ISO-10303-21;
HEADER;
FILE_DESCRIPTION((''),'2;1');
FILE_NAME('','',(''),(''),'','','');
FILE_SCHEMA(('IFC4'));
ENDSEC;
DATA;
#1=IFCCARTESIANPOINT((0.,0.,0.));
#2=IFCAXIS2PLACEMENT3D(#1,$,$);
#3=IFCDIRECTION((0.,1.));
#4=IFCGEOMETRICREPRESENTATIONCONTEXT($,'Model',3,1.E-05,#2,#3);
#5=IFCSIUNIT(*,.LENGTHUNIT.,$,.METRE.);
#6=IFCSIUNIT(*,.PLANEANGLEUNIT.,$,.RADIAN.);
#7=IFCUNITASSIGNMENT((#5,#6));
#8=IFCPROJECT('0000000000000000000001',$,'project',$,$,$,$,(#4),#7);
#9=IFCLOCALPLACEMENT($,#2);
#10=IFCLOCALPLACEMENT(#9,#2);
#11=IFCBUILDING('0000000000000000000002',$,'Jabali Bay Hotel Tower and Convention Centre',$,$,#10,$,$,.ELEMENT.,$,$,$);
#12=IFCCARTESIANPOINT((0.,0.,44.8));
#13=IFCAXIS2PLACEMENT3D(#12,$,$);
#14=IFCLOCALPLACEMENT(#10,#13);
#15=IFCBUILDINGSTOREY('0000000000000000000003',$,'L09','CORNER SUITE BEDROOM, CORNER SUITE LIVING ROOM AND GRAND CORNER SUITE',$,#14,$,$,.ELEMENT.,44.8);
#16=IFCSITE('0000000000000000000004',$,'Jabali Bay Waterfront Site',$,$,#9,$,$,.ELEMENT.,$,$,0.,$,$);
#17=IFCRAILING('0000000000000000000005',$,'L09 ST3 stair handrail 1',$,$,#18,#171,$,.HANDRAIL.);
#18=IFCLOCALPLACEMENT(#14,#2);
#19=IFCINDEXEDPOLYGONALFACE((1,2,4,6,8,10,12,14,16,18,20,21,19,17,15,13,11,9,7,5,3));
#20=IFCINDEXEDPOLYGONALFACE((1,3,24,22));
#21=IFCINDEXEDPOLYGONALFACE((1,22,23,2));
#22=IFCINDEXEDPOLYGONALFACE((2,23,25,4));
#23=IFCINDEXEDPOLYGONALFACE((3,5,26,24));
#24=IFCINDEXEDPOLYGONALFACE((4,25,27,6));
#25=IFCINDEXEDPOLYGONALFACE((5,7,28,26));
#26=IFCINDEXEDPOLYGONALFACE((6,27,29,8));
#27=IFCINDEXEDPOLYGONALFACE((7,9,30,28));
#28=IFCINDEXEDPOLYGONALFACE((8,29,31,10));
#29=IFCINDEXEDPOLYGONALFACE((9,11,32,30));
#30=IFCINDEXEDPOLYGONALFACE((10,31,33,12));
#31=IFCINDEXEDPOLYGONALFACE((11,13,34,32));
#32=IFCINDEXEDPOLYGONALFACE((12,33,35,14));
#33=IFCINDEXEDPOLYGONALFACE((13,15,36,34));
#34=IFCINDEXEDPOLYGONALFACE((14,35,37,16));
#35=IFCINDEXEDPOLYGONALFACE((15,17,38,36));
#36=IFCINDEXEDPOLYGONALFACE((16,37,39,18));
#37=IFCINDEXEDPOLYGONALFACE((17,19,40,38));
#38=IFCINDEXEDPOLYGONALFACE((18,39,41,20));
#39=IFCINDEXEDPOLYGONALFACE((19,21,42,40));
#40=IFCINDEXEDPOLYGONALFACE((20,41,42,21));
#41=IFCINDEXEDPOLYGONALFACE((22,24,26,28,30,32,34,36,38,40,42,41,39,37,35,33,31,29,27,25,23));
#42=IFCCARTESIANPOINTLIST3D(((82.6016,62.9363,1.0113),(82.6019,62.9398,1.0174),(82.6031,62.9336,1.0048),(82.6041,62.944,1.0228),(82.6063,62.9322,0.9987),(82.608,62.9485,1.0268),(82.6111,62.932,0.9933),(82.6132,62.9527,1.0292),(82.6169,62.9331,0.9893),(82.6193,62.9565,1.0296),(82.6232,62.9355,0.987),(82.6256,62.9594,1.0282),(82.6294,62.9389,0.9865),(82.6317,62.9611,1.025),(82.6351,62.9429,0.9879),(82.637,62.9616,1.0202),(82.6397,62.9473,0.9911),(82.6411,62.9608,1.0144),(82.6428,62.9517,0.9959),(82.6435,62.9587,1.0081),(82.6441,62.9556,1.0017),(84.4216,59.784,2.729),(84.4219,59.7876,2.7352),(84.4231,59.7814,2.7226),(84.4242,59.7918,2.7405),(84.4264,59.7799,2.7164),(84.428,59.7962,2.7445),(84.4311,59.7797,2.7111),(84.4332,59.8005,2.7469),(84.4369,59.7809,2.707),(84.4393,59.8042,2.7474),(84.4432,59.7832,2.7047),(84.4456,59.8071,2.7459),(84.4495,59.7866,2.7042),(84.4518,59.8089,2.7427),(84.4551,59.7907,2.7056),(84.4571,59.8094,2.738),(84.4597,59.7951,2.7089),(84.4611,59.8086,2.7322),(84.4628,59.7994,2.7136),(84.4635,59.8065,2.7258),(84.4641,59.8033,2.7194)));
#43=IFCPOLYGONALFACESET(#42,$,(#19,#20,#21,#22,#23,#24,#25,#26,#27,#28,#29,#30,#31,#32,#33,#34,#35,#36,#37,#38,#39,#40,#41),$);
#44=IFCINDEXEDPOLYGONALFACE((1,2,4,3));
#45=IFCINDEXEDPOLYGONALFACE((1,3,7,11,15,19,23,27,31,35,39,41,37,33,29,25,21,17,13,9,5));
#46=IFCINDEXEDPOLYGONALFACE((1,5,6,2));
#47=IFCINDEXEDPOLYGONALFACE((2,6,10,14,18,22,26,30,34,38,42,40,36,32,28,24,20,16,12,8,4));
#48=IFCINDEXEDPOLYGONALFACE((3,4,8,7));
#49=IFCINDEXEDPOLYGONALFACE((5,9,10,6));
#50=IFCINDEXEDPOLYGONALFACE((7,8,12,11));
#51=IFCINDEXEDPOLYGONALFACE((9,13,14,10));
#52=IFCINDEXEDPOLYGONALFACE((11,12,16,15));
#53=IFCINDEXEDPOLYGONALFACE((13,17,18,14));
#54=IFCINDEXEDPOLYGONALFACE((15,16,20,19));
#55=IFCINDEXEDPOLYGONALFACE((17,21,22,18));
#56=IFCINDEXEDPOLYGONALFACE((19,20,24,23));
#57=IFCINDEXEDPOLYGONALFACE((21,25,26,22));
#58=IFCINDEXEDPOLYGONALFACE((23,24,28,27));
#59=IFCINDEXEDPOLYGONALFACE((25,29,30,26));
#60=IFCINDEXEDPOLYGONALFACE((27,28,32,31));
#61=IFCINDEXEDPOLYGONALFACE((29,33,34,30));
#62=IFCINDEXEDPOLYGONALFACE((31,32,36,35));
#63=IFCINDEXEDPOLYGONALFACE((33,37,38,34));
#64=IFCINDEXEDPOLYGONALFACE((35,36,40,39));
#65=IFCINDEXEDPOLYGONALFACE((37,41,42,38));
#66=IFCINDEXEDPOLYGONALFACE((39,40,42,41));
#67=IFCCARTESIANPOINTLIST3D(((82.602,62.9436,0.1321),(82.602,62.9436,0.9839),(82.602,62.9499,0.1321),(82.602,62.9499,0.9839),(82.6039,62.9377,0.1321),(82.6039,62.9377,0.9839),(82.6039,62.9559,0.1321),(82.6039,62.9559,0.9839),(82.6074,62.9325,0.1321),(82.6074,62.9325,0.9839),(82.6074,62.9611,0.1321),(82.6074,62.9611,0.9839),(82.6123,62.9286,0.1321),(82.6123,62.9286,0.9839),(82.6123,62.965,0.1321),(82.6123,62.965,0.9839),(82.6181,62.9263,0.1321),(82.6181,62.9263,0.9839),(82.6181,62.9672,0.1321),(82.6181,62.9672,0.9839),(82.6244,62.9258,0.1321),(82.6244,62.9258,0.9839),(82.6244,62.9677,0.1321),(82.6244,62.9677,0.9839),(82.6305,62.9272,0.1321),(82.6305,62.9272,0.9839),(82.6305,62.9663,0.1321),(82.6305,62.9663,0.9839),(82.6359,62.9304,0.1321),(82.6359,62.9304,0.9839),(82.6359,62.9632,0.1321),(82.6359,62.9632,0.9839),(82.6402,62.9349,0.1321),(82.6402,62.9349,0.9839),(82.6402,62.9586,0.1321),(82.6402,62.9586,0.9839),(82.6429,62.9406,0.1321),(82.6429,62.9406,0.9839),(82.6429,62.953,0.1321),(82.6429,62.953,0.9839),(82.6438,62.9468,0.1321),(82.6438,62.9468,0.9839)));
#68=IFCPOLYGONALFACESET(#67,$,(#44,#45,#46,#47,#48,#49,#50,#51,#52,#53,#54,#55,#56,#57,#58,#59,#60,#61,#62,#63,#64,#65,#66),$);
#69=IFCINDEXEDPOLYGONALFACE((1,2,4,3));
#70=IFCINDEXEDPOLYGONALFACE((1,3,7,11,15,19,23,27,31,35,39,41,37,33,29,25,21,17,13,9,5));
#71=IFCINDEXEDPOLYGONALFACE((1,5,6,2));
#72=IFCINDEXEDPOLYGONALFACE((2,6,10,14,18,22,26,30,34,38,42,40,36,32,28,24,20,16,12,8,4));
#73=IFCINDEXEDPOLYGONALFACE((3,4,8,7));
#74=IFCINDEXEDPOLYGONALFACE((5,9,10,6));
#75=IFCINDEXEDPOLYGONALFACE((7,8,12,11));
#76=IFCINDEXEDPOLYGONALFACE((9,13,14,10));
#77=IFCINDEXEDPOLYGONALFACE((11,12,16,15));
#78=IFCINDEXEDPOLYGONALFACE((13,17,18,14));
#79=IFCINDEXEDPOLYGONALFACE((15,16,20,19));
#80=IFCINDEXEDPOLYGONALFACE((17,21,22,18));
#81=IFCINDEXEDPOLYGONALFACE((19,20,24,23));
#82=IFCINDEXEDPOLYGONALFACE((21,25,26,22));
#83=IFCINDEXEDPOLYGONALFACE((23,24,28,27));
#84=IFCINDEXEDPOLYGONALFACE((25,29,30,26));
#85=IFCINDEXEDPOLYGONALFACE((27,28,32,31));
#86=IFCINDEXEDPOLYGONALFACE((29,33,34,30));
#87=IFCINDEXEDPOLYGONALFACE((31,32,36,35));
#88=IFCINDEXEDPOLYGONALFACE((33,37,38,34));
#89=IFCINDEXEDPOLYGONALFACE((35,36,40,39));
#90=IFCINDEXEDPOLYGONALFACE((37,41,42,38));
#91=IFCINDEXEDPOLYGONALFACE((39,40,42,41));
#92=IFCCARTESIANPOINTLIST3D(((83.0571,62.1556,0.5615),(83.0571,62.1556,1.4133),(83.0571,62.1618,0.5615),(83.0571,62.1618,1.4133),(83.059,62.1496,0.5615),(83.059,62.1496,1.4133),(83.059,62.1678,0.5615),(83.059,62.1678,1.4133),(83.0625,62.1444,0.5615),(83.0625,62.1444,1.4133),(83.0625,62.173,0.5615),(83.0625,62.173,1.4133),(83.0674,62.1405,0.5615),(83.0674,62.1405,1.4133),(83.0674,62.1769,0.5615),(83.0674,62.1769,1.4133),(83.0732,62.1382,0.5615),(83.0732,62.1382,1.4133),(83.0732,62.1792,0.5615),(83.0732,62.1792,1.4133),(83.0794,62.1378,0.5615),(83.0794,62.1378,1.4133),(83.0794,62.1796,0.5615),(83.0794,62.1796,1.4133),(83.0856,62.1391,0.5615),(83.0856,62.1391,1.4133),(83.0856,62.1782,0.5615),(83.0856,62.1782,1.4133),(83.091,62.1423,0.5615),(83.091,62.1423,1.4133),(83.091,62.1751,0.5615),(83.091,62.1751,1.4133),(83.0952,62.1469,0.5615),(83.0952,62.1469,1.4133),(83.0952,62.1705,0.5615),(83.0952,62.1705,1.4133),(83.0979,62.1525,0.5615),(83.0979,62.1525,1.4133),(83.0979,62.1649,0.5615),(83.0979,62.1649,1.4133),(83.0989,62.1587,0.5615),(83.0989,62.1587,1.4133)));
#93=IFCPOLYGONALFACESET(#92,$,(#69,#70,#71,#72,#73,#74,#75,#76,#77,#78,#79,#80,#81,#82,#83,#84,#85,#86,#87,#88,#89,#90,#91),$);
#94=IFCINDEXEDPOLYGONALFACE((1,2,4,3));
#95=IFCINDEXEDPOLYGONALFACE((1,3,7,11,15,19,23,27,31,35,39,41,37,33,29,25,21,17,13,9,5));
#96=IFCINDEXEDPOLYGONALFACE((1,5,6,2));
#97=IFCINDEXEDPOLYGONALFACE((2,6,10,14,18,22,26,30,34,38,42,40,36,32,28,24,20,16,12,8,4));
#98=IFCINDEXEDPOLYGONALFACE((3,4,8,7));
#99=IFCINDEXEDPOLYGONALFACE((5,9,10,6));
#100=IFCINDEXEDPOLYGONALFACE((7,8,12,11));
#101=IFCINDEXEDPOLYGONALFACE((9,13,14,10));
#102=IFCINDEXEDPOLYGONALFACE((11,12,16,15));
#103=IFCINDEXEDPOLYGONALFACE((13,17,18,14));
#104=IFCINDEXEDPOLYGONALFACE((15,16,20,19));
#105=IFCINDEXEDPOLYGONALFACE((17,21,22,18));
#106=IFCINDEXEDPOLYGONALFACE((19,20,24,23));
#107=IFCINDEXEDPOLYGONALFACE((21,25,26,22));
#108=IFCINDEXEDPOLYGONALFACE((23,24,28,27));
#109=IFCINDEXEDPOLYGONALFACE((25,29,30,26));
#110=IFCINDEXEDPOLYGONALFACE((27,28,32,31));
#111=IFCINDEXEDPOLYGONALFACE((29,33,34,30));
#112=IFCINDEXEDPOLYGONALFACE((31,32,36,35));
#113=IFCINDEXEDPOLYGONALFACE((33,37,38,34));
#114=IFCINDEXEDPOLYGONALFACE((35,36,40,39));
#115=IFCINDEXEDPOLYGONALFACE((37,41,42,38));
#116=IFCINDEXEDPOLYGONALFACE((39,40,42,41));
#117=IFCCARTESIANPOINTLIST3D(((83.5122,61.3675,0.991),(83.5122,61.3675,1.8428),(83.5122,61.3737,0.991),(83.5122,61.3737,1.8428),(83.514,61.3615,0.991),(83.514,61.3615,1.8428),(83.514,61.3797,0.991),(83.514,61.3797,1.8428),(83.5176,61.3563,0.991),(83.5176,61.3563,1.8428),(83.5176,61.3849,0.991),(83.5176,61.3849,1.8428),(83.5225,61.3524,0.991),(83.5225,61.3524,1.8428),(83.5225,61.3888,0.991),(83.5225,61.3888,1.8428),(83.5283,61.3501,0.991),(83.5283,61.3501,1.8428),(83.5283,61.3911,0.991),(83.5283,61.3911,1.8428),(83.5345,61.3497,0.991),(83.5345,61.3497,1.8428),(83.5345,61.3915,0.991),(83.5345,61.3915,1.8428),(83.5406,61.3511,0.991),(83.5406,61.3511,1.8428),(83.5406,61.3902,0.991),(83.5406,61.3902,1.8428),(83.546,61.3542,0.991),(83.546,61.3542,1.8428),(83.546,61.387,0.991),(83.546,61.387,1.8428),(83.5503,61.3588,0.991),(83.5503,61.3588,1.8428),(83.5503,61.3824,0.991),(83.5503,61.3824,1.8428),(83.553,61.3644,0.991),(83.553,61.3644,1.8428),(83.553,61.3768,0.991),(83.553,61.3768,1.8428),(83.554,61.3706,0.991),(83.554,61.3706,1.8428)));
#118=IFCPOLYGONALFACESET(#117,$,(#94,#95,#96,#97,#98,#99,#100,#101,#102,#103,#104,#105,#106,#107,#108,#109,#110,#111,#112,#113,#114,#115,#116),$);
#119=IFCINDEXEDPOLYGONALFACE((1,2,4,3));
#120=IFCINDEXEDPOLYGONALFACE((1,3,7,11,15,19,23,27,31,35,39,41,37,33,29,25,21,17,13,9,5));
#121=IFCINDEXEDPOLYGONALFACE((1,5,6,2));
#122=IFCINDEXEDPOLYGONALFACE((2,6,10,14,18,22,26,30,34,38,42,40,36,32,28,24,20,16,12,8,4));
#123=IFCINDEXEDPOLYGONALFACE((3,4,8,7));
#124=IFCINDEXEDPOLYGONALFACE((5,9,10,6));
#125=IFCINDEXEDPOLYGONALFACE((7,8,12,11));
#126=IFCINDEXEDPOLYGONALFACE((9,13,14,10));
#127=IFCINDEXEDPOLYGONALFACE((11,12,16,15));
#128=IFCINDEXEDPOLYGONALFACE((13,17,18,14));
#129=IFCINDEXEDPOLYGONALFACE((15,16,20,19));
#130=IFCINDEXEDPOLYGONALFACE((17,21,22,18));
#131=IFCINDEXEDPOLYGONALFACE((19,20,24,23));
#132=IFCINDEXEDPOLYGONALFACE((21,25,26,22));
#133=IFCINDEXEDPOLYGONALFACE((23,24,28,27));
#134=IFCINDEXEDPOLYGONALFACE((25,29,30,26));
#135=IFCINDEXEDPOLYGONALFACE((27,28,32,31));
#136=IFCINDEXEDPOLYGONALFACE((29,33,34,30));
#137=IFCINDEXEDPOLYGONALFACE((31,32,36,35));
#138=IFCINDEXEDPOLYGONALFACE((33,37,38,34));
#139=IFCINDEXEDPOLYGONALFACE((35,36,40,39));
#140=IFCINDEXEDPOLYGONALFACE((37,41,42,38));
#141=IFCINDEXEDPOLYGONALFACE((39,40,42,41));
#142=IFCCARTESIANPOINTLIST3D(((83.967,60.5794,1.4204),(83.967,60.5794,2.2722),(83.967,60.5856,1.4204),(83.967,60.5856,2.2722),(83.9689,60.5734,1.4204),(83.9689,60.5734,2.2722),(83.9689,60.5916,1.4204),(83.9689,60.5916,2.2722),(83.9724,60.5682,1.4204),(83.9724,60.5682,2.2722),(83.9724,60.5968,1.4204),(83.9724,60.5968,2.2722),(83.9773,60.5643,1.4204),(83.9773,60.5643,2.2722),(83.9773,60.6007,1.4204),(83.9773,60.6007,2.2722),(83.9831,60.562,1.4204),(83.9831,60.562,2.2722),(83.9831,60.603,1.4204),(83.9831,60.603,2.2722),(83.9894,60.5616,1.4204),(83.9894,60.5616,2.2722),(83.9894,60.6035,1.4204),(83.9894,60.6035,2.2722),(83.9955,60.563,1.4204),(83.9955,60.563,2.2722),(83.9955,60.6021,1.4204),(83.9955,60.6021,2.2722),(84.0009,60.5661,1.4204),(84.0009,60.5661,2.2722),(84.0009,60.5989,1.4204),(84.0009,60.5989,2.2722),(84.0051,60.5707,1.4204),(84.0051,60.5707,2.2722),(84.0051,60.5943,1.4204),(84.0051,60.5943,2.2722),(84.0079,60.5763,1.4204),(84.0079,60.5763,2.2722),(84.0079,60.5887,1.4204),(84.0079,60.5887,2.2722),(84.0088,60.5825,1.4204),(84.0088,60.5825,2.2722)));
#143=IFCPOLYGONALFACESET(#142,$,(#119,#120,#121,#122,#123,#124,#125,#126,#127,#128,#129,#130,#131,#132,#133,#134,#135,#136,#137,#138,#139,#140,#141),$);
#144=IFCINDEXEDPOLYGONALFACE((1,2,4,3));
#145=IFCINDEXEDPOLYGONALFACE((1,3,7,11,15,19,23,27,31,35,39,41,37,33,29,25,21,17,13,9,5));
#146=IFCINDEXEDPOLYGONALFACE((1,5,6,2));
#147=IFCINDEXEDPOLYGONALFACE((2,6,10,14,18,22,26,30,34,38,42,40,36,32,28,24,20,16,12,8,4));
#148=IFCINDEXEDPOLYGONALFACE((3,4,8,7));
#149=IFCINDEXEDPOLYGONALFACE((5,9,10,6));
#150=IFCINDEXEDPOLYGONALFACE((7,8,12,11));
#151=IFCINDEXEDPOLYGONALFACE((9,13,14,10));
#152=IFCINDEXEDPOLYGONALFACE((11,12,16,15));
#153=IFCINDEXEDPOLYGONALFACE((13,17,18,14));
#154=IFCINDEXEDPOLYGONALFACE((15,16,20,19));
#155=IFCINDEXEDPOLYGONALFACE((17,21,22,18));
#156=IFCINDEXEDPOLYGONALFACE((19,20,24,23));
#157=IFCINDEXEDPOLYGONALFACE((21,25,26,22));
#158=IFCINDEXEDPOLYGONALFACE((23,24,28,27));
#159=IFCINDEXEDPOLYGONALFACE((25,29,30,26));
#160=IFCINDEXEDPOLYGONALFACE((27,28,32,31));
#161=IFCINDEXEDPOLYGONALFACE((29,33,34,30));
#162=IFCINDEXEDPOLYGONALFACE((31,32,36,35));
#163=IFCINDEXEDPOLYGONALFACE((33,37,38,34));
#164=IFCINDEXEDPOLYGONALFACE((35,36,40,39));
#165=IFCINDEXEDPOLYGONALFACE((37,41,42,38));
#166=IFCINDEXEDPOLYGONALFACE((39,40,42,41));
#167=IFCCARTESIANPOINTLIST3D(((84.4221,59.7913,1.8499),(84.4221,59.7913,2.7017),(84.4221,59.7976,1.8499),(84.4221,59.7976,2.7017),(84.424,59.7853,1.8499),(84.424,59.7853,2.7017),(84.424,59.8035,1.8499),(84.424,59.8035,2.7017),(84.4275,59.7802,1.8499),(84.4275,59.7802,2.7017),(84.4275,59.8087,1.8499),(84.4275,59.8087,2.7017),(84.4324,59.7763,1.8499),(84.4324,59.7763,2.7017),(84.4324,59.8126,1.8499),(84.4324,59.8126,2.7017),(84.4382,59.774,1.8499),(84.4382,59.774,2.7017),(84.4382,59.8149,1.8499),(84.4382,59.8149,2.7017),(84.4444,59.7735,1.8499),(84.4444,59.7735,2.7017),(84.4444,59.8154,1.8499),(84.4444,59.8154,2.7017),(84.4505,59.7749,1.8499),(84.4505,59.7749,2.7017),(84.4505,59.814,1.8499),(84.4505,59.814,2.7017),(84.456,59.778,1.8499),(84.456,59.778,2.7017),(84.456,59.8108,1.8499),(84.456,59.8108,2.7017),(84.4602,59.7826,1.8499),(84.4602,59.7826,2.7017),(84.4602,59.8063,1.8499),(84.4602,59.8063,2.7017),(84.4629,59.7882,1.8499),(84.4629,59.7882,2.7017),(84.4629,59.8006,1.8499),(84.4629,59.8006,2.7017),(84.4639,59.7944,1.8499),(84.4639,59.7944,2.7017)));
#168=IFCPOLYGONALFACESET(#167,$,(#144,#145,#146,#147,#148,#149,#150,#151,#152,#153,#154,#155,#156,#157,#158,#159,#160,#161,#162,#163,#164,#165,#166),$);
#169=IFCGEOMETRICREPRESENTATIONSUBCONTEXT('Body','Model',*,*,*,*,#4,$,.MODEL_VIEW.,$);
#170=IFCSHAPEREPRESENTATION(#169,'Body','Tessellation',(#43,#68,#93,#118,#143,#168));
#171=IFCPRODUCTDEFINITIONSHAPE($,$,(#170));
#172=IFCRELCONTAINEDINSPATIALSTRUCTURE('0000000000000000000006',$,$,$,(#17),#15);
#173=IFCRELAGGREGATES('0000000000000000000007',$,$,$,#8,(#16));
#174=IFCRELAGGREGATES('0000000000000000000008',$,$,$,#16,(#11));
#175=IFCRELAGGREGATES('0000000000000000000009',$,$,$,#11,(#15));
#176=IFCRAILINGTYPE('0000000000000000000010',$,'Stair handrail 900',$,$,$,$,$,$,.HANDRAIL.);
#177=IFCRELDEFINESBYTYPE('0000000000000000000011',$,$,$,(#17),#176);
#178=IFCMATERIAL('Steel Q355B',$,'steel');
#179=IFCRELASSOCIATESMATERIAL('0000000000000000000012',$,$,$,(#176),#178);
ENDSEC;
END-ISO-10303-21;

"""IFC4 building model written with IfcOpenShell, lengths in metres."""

from ifc_helpers import new_model, si_unit, direction, frame, origin, origin_2d, place, context, subcontext, project, spatial, circle, extrude, material, type_object, element, save


model = new_model("IFC4")

# Units and contexts
model_context = context("Model", 3, precision=1e-05, world=origin(), true_north=direction((0.0, 1.0)))
body_context = subcontext(model_context, "Body", "Model", "MODEL_VIEW")
ifc_project = project(units=[si_unit("LENGTHUNIT", "METRE"), si_unit("PLANEANGLEUNIT", "RADIAN")], contexts=[model_context])

# Site, building, storey
site_placement = place(None, origin())
site = spatial("IfcSite", under=ifc_project, at=site_placement, Name="Jabali Bay Waterfront Site", CompositionType="ELEMENT", RefElevation=0.0)
building_placement = place(site_placement, origin())
building = spatial("IfcBuilding", under=site, at=building_placement, Name="Jabali Bay Hotel Tower and Convention Centre", CompositionType="ELEMENT")
storey_placement = place(building_placement, frame((0.0, 0.0, 44.8)))
storey = spatial("IfcBuildingStorey", under=building, at=storey_placement, Name="L09", Description="CORNER SUITE BEDROOM, CORNER SUITE LIVING ROOM AND GRAND CORNER SUITE", CompositionType="ELEMENT", Elevation=44.8)

# Railing
ifc_material_1 = material(Name="Steel Q355B", Category="steel")
railing_type_1 = type_object("IfcRailingType", Name="Stair handrail 900", PredefinedType="HANDRAIL", material=ifc_material_1)
railing_1_placement = place(storey_placement, frame((82.6228, 62.9468, 0.1321)))
element("IfcRailing", 1, at=railing_1_placement, inside=storey, type_object=railing_type_1, Name="L09 ST3 stair handrail 1", PredefinedType="HANDRAIL", context=body_context, shape_type="SweptSolid", body=[
    extrude(circle(Radius=0.0239, at=origin_2d()), frame((0.0, 0.0, 0.876), z_axis=(0.45219, -0.78319, 0.426775), x_axis=(0.866018, 0.500013, 0.0)), (0.0, 0.0, 1.0), 4.0249),
    extrude(circle(Radius=0.021, at=origin_2d()), origin(), (0.0, 0.0, 1.0), 0.8518),
    extrude(circle(Radius=0.021, at=origin_2d()), frame((0.4551, -0.7881, 0.4294)), (0.0, 0.0, 1.0), 0.8518),
    extrude(circle(Radius=0.021, at=origin_2d()), frame((0.9102, -1.5762, 0.8589)), (0.0, 0.0, 1.0), 0.8518),
    extrude(circle(Radius=0.021, at=origin_2d()), frame((1.365, -2.3643, 1.2883)), (0.0, 0.0, 1.0), 0.8518),
    extrude(circle(Radius=0.021, at=origin_2d()), frame((1.8201, -3.1523, 1.7178)), (0.0, 0.0, 1.0), 0.8518),
])

save(model, "model.ifc")
